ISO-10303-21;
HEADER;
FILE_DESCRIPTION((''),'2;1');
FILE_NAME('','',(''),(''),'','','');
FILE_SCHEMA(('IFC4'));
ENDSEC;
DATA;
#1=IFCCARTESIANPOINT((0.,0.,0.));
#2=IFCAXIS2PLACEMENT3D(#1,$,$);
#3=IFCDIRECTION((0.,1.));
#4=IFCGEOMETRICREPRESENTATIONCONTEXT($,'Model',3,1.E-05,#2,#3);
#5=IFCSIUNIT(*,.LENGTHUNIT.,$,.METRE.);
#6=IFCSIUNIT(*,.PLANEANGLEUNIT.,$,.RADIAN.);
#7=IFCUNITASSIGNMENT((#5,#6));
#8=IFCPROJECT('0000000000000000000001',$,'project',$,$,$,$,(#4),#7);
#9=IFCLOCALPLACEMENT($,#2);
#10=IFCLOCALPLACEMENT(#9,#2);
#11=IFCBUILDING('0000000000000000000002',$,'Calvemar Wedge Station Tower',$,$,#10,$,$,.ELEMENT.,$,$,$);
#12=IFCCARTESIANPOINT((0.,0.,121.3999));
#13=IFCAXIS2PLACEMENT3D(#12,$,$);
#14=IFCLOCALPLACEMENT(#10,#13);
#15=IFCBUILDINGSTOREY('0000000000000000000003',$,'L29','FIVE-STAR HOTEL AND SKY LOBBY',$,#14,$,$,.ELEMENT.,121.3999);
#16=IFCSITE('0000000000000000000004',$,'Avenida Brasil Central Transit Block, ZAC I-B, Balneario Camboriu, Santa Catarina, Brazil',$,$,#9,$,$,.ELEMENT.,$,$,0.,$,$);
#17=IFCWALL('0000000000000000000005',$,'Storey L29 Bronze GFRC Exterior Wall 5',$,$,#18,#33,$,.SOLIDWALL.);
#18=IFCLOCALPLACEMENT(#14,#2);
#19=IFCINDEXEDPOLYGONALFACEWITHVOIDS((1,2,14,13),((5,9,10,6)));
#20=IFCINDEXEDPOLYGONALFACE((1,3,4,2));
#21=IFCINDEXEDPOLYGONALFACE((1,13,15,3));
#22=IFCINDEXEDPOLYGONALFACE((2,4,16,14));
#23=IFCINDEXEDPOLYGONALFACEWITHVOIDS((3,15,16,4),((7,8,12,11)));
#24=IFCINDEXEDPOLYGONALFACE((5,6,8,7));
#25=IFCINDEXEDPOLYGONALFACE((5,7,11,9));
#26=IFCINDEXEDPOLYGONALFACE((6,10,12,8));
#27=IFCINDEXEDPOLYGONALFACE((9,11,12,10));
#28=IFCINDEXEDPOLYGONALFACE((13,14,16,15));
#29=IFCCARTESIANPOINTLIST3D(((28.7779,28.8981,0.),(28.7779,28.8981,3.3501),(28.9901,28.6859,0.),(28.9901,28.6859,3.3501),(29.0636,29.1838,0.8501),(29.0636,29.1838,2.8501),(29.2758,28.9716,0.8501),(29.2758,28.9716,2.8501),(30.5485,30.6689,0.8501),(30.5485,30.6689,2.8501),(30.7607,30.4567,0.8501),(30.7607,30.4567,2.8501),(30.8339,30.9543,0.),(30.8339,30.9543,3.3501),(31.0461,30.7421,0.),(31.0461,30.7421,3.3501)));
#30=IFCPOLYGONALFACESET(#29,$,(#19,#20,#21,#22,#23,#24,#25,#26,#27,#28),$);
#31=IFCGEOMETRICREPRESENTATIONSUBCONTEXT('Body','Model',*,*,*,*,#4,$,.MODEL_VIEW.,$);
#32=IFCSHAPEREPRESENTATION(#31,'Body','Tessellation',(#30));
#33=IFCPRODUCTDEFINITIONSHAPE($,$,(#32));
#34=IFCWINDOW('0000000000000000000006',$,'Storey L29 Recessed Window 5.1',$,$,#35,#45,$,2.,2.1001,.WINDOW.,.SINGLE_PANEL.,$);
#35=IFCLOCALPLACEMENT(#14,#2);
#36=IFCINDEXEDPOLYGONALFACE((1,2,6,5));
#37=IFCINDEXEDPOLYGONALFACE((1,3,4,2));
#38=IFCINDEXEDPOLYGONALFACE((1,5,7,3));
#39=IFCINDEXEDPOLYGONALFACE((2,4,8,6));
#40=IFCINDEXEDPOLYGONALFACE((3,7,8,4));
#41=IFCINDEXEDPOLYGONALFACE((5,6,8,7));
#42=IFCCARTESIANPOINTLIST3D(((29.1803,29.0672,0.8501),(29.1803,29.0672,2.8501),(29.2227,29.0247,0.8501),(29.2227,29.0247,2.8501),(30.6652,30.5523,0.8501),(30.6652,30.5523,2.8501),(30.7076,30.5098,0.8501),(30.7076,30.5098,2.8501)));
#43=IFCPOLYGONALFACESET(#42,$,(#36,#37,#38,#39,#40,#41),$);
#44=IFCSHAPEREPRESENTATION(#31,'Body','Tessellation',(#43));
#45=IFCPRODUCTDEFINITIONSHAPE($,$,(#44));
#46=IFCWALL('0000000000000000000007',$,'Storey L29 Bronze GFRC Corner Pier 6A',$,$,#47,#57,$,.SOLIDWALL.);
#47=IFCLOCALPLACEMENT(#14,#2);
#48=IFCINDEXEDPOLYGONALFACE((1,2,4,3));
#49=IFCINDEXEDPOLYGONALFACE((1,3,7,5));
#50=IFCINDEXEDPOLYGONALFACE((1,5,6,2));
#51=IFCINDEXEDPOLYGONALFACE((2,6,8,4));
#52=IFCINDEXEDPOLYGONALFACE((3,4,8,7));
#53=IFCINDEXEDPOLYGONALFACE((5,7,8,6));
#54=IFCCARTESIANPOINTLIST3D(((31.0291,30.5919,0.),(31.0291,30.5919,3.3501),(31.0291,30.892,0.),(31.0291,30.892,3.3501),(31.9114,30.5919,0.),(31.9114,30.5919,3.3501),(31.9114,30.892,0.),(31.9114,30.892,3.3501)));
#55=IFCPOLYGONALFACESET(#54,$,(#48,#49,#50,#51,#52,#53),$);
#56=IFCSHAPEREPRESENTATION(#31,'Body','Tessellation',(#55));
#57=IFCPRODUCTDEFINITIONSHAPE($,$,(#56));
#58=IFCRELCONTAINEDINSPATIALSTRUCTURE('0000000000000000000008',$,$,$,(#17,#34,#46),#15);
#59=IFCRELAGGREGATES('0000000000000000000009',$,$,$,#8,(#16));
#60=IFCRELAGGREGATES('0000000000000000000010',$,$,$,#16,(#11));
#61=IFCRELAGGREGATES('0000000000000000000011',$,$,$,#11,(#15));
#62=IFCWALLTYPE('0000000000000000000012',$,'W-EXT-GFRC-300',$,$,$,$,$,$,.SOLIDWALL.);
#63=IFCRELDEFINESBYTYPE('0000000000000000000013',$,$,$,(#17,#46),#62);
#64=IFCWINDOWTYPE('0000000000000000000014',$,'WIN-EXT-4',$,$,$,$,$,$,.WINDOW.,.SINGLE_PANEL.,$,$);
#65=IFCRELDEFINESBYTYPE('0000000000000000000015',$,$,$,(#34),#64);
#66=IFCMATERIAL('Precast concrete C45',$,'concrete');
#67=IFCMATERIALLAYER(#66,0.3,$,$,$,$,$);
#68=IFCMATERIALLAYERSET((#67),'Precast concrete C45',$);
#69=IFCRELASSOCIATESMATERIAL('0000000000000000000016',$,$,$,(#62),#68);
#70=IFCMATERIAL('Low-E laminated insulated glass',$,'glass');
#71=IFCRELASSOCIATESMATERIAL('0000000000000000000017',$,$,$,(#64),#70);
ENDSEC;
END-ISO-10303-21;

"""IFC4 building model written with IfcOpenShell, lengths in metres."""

from ifc_helpers import new_model, si_unit, direction, frame, frame_2d, origin, place, context, subcontext, project, spatial, rectangle, extrude, source, transform, mapped, material, layer, layer_set, type_object, element, fill, save


model = new_model("IFC4")

# Units and contexts
model_context = context("Model", 3, precision=1e-05, world=origin(), true_north=direction((0.0, 1.0)))
body_context = subcontext(model_context, "Body", "Model", "MODEL_VIEW")
ifc_project = project(units=[si_unit("LENGTHUNIT", "METRE"), si_unit("PLANEANGLEUNIT", "RADIAN")], contexts=[model_context])

# Site, building, storey
site_placement = place(None, origin())
site = spatial("IfcSite", under=ifc_project, at=site_placement, Name="Avenida Brasil Central Transit Block, ZAC I-B, Balneario Camboriu, Santa Catarina, Brazil", CompositionType="ELEMENT", RefElevation=0.0)
building_placement = place(site_placement, origin())
building = spatial("IfcBuilding", under=site, at=building_placement, Name="Calvemar Wedge Station Tower", CompositionType="ELEMENT")
storey_placement = place(building_placement, frame((0.0, 0.0, 121.3999)))
storey = spatial("IfcBuildingStorey", under=building, at=storey_placement, Name="L29", Description="FIVE-STAR HOTEL AND SKY LOBBY", CompositionType="ELEMENT", Elevation=121.3999)

# Shared definitions
ifc_material_1 = material(Name="Low-E laminated insulated glass", Category="glass")

# Shared definitions
ifc_material_2 = material(Name="Precast concrete C45", Category="concrete")
ifc_layer_1 = layer(ifc_material_2, 0.3)
ifc_layer_set_1 = layer_set([ifc_layer_1], Name="Precast concrete C45")
wall_type_1 = type_object("IfcWallType", Name="W-EXT-GFRC-300", PredefinedType="SOLIDWALL", material=ifc_layer_set_1)

# Wall, opening, window
wall_1_placement = place(storey_placement, frame((28.884, 28.792, 0.0), z_axis=(0.0, 0.0, 1.0), x_axis=(0.707065, 0.707149, 0.0)))
wall_1 = element("IfcWall", 1, at=wall_1_placement, inside=storey, type_object=wall_type_1, Name="Storey L29 Bronze GFRC Exterior Wall 5", PredefinedType="SOLIDWALL", context=body_context, shape_type="SweptSolid", body=[
    extrude(rectangle(XDim=2.9077, YDim=0.3, at=frame_2d((1.4539, 0.0))), origin(), (0.0, 0.0, 1.0), 3.3501),
])
shared_shape_1 = source(origin(), body_context, "Body", "SweptSolid", [
    extrude(rectangle(XDim=2.1001, YDim=2.0, at=frame_2d((1.05, 1.0))), frame((0.0, 0.1602, 0.0), z_axis=(0.0, -1.0, 0.0), x_axis=(1.0, 0.0, 0.0)), (0.0, 0.0, 1.0), 0.3201),
])
opening_1_placement = place(wall_1_placement, frame((0.4041, 0.0, 0.8501)))
opening_1 = element("IfcOpeningElement", 2, at=opening_1_placement, cuts=wall_1, PredefinedType="OPENING", context=body_context, shape_type="MappedRepresentation", body=[
    mapped(shared_shape_1, transform((0.0, 0.0, 0.0), scale=1.0)),
])
window_type = type_object("IfcWindowType", Name="WIN-EXT-4", PartitioningType="SINGLE_PANEL", PredefinedType="WINDOW", material=ifc_material_1)
shared_shape_2 = source(origin(), body_context, "Body", "SweptSolid", [
    extrude(rectangle(XDim=2.1001, YDim=2.0, at=frame_2d((1.05, 1.0))), frame((0.0, -0.0149, 0.0), z_axis=(0.0, -1.0, 0.0), x_axis=(1.0, 0.0, 0.0)), (0.0, 0.0, 1.0), 0.0601),
])
window_placement = place(opening_1_placement, origin())
window = element("IfcWindow", 3, at=window_placement, inside=storey, type_object=window_type, Name="Storey L29 Recessed Window 5.1", OverallHeight=2.0, OverallWidth=2.1001, PartitioningType="SINGLE_PANEL", PredefinedType="WINDOW", context=body_context, shape_type="MappedRepresentation", body=[
    mapped(shared_shape_2, transform((0.0, 0.0, 0.0), scale=1.0)),
])
fill(opening_1, window)

# Wall
wall_2_placement = place(storey_placement, frame((31.0291, 30.7419, 0.0), z_axis=(0.0, 0.0, 1.0), x_axis=(1.0, 0.0, 0.0)))
element("IfcWall", 4, at=wall_2_placement, inside=storey, type_object=wall_type_1, Name="Storey L29 Bronze GFRC Corner Pier 6A", PredefinedType="SOLIDWALL", context=body_context, shape_type="SweptSolid", body=[
    extrude(rectangle(XDim=0.8823, YDim=0.3, at=frame_2d((0.4412, 0.0))), origin(), (0.0, 0.0, 1.0), 3.3501),
])

save(model, "model.ifc")
